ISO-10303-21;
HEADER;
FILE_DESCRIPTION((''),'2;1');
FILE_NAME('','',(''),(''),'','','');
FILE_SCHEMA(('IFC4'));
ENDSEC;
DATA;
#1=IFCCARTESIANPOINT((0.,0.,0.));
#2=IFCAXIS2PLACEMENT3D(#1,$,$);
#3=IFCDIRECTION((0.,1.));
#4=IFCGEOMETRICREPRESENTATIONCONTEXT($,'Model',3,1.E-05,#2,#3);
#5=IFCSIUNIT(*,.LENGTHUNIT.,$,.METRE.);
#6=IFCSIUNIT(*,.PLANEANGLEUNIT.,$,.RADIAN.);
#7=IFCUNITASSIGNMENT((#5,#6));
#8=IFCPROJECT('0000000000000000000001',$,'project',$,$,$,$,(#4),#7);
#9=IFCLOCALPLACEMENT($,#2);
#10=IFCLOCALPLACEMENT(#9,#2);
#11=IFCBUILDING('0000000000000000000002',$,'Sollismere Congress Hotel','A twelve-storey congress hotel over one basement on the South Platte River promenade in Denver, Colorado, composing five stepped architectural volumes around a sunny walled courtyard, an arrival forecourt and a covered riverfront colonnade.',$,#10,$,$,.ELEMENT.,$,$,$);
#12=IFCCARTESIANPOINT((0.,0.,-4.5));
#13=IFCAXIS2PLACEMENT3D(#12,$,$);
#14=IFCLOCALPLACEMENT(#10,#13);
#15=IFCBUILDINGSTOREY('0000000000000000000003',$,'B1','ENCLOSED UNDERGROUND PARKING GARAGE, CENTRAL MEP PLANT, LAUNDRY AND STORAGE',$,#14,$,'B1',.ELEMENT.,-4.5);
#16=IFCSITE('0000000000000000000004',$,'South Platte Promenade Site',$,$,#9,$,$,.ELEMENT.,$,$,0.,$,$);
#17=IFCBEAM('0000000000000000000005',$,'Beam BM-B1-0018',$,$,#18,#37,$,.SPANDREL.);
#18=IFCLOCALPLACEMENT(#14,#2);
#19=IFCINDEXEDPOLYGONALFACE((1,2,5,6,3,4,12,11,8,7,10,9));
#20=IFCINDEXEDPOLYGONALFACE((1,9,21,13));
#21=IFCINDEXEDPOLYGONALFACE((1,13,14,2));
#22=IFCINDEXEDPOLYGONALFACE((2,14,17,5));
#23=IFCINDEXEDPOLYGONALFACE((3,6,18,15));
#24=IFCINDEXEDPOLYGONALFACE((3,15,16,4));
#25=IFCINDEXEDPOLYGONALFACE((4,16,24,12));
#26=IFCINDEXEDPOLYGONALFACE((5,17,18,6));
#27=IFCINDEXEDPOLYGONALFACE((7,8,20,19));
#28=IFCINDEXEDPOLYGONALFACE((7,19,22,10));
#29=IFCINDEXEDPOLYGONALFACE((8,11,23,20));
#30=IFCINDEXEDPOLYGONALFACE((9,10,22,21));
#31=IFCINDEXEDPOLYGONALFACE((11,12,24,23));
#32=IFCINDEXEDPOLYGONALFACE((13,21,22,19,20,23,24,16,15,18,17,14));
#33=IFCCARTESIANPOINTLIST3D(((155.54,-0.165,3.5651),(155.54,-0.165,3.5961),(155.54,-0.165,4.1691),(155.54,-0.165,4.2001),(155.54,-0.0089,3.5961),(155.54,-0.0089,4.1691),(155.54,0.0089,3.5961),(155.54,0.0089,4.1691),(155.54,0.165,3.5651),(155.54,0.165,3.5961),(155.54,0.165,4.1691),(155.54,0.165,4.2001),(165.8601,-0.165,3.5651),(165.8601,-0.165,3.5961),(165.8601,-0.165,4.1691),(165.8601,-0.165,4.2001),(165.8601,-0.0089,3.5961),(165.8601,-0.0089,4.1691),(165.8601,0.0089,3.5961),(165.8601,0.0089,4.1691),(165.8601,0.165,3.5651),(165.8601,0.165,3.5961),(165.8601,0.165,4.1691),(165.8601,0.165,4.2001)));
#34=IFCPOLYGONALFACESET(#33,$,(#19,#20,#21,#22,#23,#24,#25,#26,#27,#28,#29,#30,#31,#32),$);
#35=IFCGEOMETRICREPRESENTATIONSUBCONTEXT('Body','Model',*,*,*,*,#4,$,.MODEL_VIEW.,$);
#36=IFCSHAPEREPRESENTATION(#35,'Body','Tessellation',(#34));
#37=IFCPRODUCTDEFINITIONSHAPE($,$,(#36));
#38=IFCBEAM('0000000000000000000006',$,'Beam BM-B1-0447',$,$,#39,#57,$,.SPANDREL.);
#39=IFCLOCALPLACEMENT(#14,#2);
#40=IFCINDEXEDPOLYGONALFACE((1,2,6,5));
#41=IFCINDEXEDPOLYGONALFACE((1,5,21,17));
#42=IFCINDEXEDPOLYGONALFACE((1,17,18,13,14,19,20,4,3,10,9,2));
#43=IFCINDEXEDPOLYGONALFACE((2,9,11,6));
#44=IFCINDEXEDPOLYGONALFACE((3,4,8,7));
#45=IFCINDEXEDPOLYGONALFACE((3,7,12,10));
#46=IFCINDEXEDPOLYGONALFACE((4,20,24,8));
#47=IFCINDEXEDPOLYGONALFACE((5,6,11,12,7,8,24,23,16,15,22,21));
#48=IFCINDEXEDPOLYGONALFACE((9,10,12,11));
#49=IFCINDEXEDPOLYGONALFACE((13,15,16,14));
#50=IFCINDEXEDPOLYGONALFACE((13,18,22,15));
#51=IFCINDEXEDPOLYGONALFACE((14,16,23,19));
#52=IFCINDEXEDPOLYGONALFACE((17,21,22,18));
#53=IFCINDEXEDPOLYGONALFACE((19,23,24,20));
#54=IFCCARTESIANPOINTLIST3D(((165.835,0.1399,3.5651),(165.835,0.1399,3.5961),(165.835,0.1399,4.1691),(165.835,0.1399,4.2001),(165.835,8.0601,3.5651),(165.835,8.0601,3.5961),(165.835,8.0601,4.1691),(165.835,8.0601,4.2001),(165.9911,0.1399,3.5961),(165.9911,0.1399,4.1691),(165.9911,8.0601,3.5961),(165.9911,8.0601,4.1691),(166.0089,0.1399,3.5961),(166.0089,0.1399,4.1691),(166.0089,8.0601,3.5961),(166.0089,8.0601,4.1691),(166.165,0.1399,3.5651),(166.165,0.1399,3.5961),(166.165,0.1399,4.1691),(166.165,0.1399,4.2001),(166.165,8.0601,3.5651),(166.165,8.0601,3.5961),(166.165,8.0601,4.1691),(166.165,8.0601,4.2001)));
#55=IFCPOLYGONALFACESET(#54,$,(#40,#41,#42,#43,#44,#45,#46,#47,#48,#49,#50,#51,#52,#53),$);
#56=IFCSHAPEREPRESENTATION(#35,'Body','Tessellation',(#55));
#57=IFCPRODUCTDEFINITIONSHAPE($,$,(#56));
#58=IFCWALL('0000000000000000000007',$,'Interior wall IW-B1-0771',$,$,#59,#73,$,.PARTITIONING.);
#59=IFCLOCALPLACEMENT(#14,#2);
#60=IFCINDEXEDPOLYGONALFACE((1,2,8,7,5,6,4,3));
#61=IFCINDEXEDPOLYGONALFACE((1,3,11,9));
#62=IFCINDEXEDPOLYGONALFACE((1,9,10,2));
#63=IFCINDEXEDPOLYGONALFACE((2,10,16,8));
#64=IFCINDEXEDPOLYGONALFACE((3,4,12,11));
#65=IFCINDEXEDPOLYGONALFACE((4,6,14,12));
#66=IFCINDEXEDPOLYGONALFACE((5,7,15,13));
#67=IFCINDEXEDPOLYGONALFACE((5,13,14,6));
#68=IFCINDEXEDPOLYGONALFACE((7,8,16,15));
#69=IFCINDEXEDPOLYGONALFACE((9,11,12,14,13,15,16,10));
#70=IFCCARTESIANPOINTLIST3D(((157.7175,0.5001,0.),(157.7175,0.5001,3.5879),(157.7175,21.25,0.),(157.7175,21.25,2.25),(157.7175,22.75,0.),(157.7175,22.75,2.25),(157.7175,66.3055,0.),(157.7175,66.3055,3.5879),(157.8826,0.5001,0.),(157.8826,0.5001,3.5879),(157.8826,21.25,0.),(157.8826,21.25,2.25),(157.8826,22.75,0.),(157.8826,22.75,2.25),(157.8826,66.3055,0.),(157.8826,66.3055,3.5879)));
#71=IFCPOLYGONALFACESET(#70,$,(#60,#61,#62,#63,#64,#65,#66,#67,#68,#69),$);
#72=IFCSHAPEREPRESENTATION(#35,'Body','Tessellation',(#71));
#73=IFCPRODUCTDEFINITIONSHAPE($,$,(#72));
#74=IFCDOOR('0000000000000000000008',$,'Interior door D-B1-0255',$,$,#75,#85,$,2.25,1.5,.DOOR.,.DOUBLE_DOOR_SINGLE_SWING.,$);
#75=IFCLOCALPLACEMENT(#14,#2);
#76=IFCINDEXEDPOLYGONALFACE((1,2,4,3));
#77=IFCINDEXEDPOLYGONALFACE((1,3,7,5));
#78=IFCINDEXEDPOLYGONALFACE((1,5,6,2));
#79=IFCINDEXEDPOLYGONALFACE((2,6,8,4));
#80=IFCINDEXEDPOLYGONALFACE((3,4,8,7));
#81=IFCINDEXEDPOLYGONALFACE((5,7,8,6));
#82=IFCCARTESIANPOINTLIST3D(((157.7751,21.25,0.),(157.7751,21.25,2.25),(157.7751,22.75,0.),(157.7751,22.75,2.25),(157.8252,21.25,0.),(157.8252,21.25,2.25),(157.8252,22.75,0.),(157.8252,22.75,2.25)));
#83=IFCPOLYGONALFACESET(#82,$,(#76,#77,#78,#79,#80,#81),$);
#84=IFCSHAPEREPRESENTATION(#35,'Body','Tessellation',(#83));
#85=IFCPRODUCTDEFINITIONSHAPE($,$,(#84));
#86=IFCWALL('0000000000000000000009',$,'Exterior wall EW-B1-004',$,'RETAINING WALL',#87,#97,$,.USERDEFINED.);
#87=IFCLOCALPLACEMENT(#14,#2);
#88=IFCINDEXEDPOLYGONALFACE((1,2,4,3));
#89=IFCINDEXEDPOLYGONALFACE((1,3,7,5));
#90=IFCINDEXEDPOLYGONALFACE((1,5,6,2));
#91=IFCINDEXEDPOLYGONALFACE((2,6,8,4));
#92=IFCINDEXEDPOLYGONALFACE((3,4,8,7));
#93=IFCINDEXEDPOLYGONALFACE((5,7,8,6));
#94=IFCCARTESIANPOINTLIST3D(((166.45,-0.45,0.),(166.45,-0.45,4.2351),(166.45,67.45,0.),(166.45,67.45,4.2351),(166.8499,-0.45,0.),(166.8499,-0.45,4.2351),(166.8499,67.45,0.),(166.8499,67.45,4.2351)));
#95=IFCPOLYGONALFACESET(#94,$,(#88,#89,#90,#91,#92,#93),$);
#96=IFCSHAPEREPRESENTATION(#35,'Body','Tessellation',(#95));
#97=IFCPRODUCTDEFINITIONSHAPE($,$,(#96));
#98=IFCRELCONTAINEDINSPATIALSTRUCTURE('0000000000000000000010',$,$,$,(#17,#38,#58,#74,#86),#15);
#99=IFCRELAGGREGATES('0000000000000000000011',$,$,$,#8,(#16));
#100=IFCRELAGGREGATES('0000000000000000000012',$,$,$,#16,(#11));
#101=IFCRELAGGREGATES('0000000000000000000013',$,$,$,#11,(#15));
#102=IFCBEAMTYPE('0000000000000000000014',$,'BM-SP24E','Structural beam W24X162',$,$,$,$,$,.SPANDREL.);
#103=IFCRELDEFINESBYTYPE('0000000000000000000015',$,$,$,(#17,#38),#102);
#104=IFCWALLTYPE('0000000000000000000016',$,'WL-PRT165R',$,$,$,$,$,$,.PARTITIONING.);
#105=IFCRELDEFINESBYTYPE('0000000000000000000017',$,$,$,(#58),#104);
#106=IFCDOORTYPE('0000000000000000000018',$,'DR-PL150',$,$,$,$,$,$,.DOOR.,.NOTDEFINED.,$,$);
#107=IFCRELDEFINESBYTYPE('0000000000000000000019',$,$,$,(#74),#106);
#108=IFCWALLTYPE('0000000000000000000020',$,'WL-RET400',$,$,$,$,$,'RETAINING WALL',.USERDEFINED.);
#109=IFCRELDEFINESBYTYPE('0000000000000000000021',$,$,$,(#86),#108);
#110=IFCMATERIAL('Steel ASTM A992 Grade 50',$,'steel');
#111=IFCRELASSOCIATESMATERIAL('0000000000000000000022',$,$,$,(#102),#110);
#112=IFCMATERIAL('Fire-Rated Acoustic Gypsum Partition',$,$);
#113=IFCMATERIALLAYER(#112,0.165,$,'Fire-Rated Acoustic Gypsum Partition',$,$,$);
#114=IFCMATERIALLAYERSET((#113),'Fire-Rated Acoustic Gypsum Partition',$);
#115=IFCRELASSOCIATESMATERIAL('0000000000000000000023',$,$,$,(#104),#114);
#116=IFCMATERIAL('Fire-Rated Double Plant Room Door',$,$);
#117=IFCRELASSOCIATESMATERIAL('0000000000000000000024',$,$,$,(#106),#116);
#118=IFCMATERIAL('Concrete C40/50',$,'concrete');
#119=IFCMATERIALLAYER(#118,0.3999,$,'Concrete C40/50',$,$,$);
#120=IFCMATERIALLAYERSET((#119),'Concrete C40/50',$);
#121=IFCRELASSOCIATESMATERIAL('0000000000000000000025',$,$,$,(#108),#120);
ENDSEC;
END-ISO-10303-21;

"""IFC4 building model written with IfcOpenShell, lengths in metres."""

from ifc_helpers import new_model, si_unit, direction, frame, frame_2d, origin, origin_2d, place, context, subcontext, project, spatial, rectangle, i_section, extrude, material, layer, layer_set, material_profile, profile_set, type_object, element, fill, save


model = new_model("IFC4")

# Units and contexts
model_context = context("Model", 3, precision=1e-05, world=origin(), true_north=direction((0.0, 1.0)))
body_context = subcontext(model_context, "Body", "Model", "MODEL_VIEW")
ifc_project = project(units=[si_unit("LENGTHUNIT", "METRE"), si_unit("PLANEANGLEUNIT", "RADIAN")], contexts=[model_context])

# Site, building, storey
site_placement = place(None, origin())
site = spatial("IfcSite", under=ifc_project, at=site_placement, Name="South Platte Promenade Site", CompositionType="ELEMENT", RefElevation=0.0)
building_placement = place(site_placement, origin())
building = spatial("IfcBuilding", under=site, at=building_placement, Name="Sollismere Congress Hotel", Description="A twelve-storey congress hotel over one basement on the South Platte River promenade in Denver, Colorado, composing five stepped architectural volumes around a sunny walled courtyard, an arrival forecourt and a covered riverfront colonnade.", CompositionType="ELEMENT")
storey_placement = place(building_placement, frame((0.0, 0.0, -4.5)))
storey = spatial("IfcBuildingStorey", under=building, at=storey_placement, Name="B1", Description="ENCLOSED UNDERGROUND PARKING GARAGE, CENTRAL MEP PLANT, LAUNDRY AND STORAGE", LongName="B1", CompositionType="ELEMENT", Elevation=-4.5)

# Shared definitions
ifc_material_1 = material(Name="Concrete C40/50", Category="concrete")

# Beams
ifc_material_2 = material(Name="Steel ASTM A992 Grade 50", Category="steel")
ifc_material_profile_1 = material_profile(ifc_material_2, i_section(OverallWidth=0.3301, OverallDepth=0.635, WebThickness=0.0178, FlangeThickness=0.031, at=origin_2d()), Name="W24X162")
ifc_profile_set_1 = profile_set([ifc_material_profile_1], Name="Steel ASTM A992 Grade 50")
beam_type_1 = type_object("IfcBeamType", Name="BM-SP24E", Description="Structural beam W24X162", PredefinedType="SPANDREL", material=ifc_profile_set_1)
beam_1_placement = place(storey_placement, frame((155.54, 0.0, 3.8826), z_axis=(1.0, 0.0, 0.0), x_axis=(0.0, 1.0, 0.0)))
element("IfcBeam", 1, at=beam_1_placement, inside=storey, type_object=beam_type_1, Name="Beam BM-B1-0018", PredefinedType="SPANDREL", context=body_context, shape_type="SweptSolid", body=[
    extrude(i_section(OverallWidth=0.3301, OverallDepth=0.635, WebThickness=0.0178, FlangeThickness=0.031, at=origin_2d()), origin(), (0.0, 0.0, 1.0), 10.3201),
])
beam_2_placement = place(storey_placement, frame((166.0, 0.1399, 3.8826), z_axis=(0.0, 1.0, 0.0), x_axis=(-1.0, 0.0, 0.0)))
element("IfcBeam", 2, at=beam_2_placement, inside=storey, type_object=beam_type_1, Name="Beam BM-B1-0447", PredefinedType="SPANDREL", context=body_context, shape_type="SweptSolid", body=[
    extrude(i_section(OverallWidth=0.3301, OverallDepth=0.635, WebThickness=0.0178, FlangeThickness=0.031, at=origin_2d()), origin(), (0.0, 0.0, 1.0), 7.9202),
])

# Wall, opening, door
ifc_material_3 = material(Name="Fire-Rated Acoustic Gypsum Partition")
ifc_layer_1 = layer(ifc_material_3, 0.165, Name="Fire-Rated Acoustic Gypsum Partition")
ifc_layer_set_1 = layer_set([ifc_layer_1], Name="Fire-Rated Acoustic Gypsum Partition")
wall_type_1 = type_object("IfcWallType", Name="WL-PRT165R", PredefinedType="PARTITIONING", material=ifc_layer_set_1)
wall_1_placement = place(storey_placement, frame((157.8, 0.5, 0.0), z_axis=(0.0, 0.0, 1.0), x_axis=(0.0, 1.0, 0.0)))
wall_1 = element("IfcWall", 3, at=wall_1_placement, inside=storey, type_object=wall_type_1, Name="Interior wall IW-B1-0771", PredefinedType="PARTITIONING", context=body_context, shape_type="SweptSolid", body=[
    extrude(rectangle(XDim=65.8054, YDim=0.165, at=frame_2d((32.9028, 0.0))), origin(), (0.0, 0.0, 1.0), 3.5879),
])
opening_placement = place(wall_1_placement, frame((20.75, 0.0, 0.0)))
opening = element("IfcOpeningElement", 4, at=opening_placement, cuts=wall_1, PredefinedType="OPENING", context=body_context, shape_type="SweptSolid", body=[
    extrude(rectangle(XDim=1.5, YDim=2.25, at=frame_2d((0.75, 1.125))), frame((0.0, 0.0925, 0.0), z_axis=(0.0, -1.0, 0.0), x_axis=(1.0, 0.0, 0.0)), (0.0, 0.0, 1.0), 0.1851),
])
ifc_material_4 = material(Name="Fire-Rated Double Plant Room Door")
door_type = type_object("IfcDoorType", Name="DR-PL150", OperationType="NOTDEFINED", PredefinedType="DOOR", material=ifc_material_4)
door_placement = place(opening_placement, origin())
door = element("IfcDoor", 5, at=door_placement, inside=storey, type_object=door_type, Name="Interior door D-B1-0255", OperationType="DOUBLE_DOOR_SINGLE_SWING", OverallHeight=2.25, OverallWidth=1.5, PredefinedType="DOOR", context=body_context, shape_type="SweptSolid", body=[
    extrude(rectangle(XDim=1.5, YDim=2.25, at=frame_2d((0.75, 1.125))), frame((0.0, 0.0249, 0.0), z_axis=(0.0, -1.0, 0.0), x_axis=(1.0, 0.0, 0.0)), (0.0, 0.0, 1.0), 0.05),
])
fill(opening, door)

# Wall
ifc_layer_2 = layer(ifc_material_1, 0.3999, Name="Concrete C40/50")
ifc_layer_set_2 = layer_set([ifc_layer_2], Name="Concrete C40/50")
wall_type_2 = type_object("IfcWallType", Name="WL-RET400", ElementType="RETAINING WALL", PredefinedType="USERDEFINED", material=ifc_layer_set_2)
wall_2_placement = place(storey_placement, frame((166.6499, -0.45, 0.0), z_axis=(0.0, 0.0, 1.0), x_axis=(0.0, 1.0, 0.0)))
element("IfcWall", 6, at=wall_2_placement, inside=storey, type_object=wall_type_2, Name="Exterior wall EW-B1-004", ObjectType="RETAINING WALL", PredefinedType="USERDEFINED", context=body_context, shape_type="SweptSolid", body=[
    extrude(rectangle(XDim=67.8999, YDim=0.3999, at=frame_2d((33.95, 0.0))), origin(), (0.0, 0.0, 1.0), 4.2351),
])

save(model, "model.ifc")
